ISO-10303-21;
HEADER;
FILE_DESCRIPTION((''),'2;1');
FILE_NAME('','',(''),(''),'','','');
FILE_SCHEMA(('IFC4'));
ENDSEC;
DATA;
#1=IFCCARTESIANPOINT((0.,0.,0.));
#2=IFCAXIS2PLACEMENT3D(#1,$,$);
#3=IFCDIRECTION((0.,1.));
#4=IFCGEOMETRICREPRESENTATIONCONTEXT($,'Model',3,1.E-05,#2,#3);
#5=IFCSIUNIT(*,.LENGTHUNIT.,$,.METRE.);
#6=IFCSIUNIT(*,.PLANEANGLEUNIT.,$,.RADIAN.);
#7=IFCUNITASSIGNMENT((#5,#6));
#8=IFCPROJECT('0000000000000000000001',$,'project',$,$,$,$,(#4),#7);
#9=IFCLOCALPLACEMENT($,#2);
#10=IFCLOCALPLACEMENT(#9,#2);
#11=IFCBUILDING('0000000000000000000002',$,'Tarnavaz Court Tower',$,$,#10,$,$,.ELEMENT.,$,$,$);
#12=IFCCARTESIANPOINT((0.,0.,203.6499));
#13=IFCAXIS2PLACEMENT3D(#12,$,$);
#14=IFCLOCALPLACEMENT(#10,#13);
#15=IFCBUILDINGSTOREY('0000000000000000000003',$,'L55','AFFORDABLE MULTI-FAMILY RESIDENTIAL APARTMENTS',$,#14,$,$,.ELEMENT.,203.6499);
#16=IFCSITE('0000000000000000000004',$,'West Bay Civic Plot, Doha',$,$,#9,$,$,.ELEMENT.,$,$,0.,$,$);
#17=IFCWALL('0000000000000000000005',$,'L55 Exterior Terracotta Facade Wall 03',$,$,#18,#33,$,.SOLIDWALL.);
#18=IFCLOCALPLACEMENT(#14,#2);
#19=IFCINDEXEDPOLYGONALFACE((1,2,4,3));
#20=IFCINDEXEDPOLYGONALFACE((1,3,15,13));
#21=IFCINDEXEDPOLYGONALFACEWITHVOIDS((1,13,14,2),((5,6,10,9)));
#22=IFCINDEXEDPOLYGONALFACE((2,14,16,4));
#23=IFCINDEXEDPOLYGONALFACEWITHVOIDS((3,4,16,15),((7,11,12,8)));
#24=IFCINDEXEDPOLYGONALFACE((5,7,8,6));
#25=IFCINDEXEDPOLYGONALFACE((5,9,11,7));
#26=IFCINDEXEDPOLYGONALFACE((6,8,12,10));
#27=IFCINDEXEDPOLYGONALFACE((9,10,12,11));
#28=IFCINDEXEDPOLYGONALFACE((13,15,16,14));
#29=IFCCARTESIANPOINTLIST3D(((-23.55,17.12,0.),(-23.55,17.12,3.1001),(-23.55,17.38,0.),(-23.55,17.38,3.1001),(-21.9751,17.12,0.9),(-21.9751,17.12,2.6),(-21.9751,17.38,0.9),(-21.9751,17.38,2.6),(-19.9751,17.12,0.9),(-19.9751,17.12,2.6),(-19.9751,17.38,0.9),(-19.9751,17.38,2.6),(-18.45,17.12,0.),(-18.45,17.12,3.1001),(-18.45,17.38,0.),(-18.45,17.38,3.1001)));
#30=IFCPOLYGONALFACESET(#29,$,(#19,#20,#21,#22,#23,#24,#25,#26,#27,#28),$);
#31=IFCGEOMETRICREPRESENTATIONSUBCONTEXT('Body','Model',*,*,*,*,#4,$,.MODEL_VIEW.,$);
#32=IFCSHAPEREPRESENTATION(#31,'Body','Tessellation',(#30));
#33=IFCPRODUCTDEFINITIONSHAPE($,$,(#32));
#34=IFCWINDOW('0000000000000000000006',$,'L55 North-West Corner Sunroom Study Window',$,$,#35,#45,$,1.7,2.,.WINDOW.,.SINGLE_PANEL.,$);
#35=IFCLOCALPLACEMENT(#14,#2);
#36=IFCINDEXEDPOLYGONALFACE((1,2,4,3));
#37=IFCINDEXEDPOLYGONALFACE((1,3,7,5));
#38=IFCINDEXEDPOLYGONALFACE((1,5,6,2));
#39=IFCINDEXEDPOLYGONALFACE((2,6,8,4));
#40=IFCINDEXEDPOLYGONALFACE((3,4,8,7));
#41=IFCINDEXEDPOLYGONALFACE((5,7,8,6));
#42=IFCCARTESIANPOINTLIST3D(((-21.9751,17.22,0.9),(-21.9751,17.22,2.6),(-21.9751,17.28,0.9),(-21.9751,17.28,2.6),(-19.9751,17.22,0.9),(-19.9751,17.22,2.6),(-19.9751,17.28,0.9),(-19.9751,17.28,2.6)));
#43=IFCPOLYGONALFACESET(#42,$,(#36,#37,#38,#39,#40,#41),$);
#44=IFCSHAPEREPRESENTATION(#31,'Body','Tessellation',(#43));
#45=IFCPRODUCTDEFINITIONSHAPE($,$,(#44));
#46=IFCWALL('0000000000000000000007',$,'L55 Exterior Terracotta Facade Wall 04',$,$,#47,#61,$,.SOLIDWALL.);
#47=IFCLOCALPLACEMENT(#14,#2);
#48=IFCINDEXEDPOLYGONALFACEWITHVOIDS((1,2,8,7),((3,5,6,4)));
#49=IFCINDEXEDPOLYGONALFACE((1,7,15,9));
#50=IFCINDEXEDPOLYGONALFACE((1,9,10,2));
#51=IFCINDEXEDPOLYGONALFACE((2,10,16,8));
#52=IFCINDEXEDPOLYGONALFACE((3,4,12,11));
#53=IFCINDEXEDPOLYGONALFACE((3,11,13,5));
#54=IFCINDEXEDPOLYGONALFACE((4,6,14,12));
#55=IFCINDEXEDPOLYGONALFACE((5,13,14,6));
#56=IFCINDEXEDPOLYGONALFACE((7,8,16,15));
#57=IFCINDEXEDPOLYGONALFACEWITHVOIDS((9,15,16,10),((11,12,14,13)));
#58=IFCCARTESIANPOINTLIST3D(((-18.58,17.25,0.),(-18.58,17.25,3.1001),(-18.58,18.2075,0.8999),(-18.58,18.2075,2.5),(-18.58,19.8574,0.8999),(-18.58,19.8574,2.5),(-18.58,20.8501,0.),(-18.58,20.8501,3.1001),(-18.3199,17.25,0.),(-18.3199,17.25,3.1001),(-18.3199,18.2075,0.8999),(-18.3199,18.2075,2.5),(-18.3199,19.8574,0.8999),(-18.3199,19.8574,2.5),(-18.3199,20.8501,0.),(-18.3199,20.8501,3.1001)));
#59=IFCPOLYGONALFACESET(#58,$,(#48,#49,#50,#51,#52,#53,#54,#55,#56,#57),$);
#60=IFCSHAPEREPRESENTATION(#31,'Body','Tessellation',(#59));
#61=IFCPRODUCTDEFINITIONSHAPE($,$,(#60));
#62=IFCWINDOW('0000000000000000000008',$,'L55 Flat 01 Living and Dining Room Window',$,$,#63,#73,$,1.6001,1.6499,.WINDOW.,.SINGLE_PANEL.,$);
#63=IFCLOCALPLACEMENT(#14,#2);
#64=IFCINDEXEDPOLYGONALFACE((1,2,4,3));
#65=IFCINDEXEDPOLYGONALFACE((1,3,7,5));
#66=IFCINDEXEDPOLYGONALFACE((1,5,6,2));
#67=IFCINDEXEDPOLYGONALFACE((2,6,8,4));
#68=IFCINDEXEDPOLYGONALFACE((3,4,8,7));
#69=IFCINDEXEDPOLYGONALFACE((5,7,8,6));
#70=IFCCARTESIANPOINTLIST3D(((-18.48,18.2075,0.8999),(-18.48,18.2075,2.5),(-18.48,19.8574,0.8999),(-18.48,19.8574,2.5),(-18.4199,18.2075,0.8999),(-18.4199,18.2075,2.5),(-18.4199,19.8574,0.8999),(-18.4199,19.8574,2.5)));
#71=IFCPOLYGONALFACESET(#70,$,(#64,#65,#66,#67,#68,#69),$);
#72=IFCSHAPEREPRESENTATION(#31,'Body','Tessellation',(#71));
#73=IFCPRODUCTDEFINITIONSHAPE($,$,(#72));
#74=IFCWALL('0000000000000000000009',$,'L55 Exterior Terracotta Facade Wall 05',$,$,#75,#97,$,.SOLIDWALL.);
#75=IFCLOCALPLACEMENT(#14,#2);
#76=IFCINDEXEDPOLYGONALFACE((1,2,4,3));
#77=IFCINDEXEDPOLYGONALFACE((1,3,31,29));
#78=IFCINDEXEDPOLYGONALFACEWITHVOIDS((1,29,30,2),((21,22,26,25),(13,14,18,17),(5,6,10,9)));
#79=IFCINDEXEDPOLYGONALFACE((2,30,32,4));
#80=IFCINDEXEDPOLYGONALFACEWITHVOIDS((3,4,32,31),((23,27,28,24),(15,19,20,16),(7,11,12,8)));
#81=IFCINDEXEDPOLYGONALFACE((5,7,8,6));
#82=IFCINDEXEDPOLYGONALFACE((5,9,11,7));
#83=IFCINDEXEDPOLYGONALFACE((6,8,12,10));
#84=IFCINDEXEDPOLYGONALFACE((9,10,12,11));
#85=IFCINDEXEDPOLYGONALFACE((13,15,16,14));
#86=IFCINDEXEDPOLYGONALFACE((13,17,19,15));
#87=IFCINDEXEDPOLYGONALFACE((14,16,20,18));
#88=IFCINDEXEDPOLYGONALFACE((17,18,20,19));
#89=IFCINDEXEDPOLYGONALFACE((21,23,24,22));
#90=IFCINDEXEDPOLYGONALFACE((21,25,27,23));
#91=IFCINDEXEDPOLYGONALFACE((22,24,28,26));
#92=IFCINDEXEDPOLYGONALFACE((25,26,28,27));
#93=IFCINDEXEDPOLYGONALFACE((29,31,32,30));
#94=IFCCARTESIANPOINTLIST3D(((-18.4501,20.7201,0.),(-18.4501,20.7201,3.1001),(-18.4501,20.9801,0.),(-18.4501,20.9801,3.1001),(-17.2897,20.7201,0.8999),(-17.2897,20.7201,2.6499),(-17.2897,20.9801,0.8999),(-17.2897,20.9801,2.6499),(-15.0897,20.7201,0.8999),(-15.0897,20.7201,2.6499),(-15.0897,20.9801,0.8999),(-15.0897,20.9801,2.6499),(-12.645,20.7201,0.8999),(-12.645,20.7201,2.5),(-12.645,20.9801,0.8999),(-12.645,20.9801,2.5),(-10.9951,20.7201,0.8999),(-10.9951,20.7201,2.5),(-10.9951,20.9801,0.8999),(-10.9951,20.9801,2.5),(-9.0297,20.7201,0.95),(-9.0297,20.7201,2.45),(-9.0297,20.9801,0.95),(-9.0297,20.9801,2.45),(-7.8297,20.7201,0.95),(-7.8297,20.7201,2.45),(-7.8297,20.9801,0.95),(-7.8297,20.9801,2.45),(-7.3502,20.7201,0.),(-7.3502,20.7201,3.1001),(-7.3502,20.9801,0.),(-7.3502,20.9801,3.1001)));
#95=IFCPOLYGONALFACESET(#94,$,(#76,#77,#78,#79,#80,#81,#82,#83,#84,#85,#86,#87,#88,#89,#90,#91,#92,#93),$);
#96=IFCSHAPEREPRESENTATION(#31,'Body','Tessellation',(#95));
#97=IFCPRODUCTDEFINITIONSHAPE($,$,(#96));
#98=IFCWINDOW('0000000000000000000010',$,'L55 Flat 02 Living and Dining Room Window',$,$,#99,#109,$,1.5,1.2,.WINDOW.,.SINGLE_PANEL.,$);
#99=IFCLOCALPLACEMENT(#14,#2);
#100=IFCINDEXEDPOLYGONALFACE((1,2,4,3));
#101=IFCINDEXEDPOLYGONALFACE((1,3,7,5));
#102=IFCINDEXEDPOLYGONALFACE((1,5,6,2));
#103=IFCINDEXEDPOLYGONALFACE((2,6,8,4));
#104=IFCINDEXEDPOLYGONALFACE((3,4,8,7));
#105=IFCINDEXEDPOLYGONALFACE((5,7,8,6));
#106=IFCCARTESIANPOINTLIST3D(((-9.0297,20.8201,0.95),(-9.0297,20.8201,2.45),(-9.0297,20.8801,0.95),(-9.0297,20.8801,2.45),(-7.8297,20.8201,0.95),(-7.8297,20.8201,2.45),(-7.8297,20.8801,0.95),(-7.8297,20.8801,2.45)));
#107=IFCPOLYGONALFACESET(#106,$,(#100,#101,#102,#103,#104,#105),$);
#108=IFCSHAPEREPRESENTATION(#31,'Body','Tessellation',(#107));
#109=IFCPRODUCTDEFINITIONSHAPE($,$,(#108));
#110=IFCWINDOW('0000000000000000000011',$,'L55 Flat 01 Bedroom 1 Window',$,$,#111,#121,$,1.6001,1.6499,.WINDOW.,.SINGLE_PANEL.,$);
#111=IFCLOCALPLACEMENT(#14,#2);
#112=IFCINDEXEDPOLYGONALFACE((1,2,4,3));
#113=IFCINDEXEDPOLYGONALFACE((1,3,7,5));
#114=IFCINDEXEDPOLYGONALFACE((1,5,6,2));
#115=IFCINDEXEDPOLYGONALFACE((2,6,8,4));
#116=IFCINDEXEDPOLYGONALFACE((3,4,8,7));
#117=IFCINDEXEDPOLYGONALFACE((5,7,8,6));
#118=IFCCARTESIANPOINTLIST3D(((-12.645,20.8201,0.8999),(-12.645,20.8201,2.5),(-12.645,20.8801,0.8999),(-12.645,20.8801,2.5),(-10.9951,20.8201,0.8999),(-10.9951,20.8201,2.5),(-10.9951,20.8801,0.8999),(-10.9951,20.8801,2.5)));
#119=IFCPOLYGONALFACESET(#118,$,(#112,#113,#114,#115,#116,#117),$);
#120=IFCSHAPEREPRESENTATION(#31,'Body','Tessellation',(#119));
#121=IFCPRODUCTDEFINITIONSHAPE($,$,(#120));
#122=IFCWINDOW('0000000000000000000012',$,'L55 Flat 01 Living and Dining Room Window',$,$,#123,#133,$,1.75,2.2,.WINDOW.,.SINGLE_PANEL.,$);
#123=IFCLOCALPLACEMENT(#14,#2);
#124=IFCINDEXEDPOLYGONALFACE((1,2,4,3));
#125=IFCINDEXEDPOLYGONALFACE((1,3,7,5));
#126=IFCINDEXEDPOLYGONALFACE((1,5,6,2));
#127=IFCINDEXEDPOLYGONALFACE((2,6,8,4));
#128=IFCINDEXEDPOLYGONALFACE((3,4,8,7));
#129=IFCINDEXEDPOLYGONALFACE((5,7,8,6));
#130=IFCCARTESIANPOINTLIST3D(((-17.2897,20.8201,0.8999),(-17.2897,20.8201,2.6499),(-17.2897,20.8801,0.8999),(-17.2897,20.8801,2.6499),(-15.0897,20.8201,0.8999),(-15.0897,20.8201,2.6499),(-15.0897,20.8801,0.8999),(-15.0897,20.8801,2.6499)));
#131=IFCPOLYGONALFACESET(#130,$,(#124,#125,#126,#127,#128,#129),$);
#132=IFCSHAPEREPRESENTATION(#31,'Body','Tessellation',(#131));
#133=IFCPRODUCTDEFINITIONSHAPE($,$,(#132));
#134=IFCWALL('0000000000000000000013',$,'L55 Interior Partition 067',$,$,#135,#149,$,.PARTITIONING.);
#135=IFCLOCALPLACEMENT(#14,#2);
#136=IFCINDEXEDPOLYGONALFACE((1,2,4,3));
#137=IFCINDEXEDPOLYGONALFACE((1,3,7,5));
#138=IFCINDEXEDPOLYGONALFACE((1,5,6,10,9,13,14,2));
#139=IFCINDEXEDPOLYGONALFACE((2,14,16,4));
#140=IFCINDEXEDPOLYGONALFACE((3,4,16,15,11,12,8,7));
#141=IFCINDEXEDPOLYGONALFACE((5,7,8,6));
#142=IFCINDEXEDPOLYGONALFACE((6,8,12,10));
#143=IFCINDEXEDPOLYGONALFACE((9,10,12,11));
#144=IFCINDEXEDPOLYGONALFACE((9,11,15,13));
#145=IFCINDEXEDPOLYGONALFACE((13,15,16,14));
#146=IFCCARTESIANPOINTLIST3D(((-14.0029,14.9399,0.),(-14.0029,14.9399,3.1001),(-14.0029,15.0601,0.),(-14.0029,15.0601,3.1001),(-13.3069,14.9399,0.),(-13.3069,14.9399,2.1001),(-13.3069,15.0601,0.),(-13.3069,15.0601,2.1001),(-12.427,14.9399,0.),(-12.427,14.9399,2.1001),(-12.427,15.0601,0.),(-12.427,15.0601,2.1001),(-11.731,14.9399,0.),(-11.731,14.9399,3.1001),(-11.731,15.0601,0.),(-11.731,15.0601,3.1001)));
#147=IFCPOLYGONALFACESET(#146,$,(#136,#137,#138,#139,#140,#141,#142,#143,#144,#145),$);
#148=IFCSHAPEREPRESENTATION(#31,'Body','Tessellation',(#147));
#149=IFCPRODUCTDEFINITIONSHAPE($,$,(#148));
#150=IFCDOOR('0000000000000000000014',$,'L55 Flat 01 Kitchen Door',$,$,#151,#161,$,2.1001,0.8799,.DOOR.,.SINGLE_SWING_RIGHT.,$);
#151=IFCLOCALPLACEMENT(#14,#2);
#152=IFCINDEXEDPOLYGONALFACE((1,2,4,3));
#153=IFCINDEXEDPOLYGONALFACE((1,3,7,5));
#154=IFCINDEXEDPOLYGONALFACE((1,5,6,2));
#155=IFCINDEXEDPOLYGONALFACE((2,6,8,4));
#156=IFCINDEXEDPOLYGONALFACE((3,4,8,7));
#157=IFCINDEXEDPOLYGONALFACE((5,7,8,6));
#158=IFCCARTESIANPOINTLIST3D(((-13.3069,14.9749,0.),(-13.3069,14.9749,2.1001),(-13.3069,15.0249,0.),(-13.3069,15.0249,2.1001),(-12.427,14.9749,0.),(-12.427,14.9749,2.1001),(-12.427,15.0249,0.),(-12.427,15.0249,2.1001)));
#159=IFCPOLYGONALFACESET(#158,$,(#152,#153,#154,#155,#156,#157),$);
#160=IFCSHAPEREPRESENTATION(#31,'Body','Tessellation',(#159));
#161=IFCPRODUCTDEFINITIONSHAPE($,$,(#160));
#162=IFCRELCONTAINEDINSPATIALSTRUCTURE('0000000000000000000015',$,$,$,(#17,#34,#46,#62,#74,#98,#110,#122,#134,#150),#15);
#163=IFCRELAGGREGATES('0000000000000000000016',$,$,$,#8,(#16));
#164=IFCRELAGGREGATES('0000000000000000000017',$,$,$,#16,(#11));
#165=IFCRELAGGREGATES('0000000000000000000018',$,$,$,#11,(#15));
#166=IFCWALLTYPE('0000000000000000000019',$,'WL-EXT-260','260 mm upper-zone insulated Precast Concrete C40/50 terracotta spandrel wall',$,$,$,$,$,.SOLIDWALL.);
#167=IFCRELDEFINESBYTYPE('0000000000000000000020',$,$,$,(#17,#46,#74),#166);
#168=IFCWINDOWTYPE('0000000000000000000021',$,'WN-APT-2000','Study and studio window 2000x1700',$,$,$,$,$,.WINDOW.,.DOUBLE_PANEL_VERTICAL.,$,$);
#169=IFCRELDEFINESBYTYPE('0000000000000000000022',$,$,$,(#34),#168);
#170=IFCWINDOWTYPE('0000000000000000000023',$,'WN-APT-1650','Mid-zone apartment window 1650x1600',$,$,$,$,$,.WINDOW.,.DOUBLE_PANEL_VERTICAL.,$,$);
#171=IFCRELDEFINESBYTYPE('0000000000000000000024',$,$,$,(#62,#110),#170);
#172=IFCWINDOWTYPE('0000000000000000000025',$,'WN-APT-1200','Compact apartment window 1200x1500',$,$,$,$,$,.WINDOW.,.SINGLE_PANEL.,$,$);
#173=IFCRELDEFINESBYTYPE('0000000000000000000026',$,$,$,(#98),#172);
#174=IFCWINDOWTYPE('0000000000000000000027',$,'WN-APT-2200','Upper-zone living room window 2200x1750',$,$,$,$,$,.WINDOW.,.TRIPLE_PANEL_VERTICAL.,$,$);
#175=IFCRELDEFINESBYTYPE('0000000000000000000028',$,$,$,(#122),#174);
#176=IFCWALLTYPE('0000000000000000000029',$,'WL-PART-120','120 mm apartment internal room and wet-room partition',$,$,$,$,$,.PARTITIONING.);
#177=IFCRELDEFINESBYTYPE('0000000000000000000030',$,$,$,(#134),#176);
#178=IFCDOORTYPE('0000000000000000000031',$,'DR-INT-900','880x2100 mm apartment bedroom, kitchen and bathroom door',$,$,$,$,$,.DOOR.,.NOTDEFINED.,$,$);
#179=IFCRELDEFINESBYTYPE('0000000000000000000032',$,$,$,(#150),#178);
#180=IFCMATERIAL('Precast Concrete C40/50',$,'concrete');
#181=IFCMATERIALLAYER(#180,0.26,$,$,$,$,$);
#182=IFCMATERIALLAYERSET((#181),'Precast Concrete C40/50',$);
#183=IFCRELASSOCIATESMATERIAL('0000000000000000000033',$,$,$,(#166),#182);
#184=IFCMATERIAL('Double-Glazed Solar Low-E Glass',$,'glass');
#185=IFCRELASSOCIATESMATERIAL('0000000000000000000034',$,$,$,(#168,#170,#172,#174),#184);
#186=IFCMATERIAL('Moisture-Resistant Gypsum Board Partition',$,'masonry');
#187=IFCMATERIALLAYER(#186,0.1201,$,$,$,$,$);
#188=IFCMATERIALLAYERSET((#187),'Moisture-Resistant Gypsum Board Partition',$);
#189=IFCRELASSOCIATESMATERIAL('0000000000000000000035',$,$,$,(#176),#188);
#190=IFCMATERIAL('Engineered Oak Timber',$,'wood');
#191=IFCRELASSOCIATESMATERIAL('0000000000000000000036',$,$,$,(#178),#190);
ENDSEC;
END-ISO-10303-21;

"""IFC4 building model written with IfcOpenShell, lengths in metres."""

from ifc_helpers import new_model, si_unit, direction, frame, frame_2d, origin, place, context, subcontext, project, spatial, rectangle, extrude, material, layer, layer_set, type_object, element, fill, save


model = new_model("IFC4")

# Units and contexts
model_context = context("Model", 3, precision=1e-05, world=origin(), true_north=direction((0.0, 1.0)))
body_context = subcontext(model_context, "Body", "Model", "MODEL_VIEW")
ifc_project = project(units=[si_unit("LENGTHUNIT", "METRE"), si_unit("PLANEANGLEUNIT", "RADIAN")], contexts=[model_context])

# Site, building, storey
site_placement = place(None, origin())
site = spatial("IfcSite", under=ifc_project, at=site_placement, Name="West Bay Civic Plot, Doha", CompositionType="ELEMENT", RefElevation=0.0)
building_placement = place(site_placement, origin())
building = spatial("IfcBuilding", under=site, at=building_placement, Name="Tarnavaz Court Tower", CompositionType="ELEMENT")
storey_placement = place(building_placement, frame((0.0, 0.0, 203.6499)))
storey = spatial("IfcBuildingStorey", under=building, at=storey_placement, Name="L55", Description="AFFORDABLE MULTI-FAMILY RESIDENTIAL APARTMENTS", CompositionType="ELEMENT", Elevation=203.6499)

# Walls, openings, windows
ifc_material_1 = material(Name="Precast Concrete C40/50", Category="concrete")
ifc_layer_1 = layer(ifc_material_1, 0.26)
ifc_layer_set_1 = layer_set([ifc_layer_1], Name="Precast Concrete C40/50")
wall_type_1 = type_object("IfcWallType", Name="WL-EXT-260", Description="260 mm upper-zone insulated Precast Concrete C40/50 terracotta spandrel wall", PredefinedType="SOLIDWALL", material=ifc_layer_set_1)
wall_1_placement = place(storey_placement, frame((-23.55, 17.25, 0.0), z_axis=(0.0, 0.0, 1.0), x_axis=(1.0, 0.0, 0.0)))
wall_1 = element("IfcWall", 1, at=wall_1_placement, inside=storey, type_object=wall_type_1, Name="L55 Exterior Terracotta Facade Wall 03", PredefinedType="SOLIDWALL", context=body_context, shape_type="SweptSolid", body=[
    extrude(rectangle(XDim=5.1001, YDim=0.26, at=frame_2d((2.55, 0.0))), origin(), (0.0, 0.0, 1.0), 3.1001),
])
opening_1_placement = place(wall_1_placement, frame((1.575, 0.0, 0.8999)))
opening_1 = element("IfcOpeningElement", 2, at=opening_1_placement, cuts=wall_1, PredefinedType="OPENING", context=body_context, shape_type="SweptSolid", body=[
    extrude(rectangle(XDim=2.0, YDim=1.7, at=frame_2d((1.0, 0.8501))), frame((0.0, 0.1399, 0.0), z_axis=(0.0, -1.0, 0.0), x_axis=(1.0, 0.0, 0.0)), (0.0, 0.0, 1.0), 0.28),
])
ifc_material_2 = material(Name="Double-Glazed Solar Low-E Glass", Category="glass")
window_type_1 = type_object("IfcWindowType", Name="WN-APT-2000", Description="Study and studio window 2000x1700", PartitioningType="DOUBLE_PANEL_VERTICAL", PredefinedType="WINDOW", material=ifc_material_2)
window_1_placement = place(opening_1_placement, origin())
window_1 = element("IfcWindow", 3, at=window_1_placement, inside=storey, type_object=window_type_1, Name="L55 North-West Corner Sunroom Study Window", OverallHeight=1.7, OverallWidth=2.0, PartitioningType="SINGLE_PANEL", PredefinedType="WINDOW", context=body_context, shape_type="SweptSolid", body=[
    extrude(rectangle(XDim=2.0, YDim=1.7, at=frame_2d((1.0, 0.8501))), frame((0.0, 0.03, 0.0), z_axis=(0.0, -1.0, 0.0), x_axis=(1.0, 0.0, 0.0)), (0.0, 0.0, 1.0), 0.0601),
])
fill(opening_1, window_1)
wall_2_placement = place(storey_placement, frame((-18.45, 17.25, 0.0), z_axis=(0.0, 0.0, 1.0), x_axis=(0.0, 1.0, 0.0)))
wall_2 = element("IfcWall", 4, at=wall_2_placement, inside=storey, type_object=wall_type_1, Name="L55 Exterior Terracotta Facade Wall 04", PredefinedType="SOLIDWALL", context=body_context, shape_type="SweptSolid", body=[
    extrude(rectangle(XDim=3.6001, YDim=0.26, at=frame_2d((1.8, 0.0))), origin(), (0.0, 0.0, 1.0), 3.1001),
])
opening_2_placement = place(wall_2_placement, frame((0.9575, 0.0, 0.8999)))
opening_2 = element("IfcOpeningElement", 5, at=opening_2_placement, cuts=wall_2, PredefinedType="OPENING", context=body_context, shape_type="SweptSolid", body=[
    extrude(rectangle(XDim=1.6499, YDim=1.6001, at=frame_2d((0.825, 0.8))), frame((0.0, 0.1399, 0.0), z_axis=(0.0, -1.0, 0.0), x_axis=(1.0, 0.0, 0.0)), (0.0, 0.0, 1.0), 0.28),
])
window_type_2 = type_object("IfcWindowType", Name="WN-APT-1650", Description="Mid-zone apartment window 1650x1600", PartitioningType="DOUBLE_PANEL_VERTICAL", PredefinedType="WINDOW", material=ifc_material_2)
window_2_placement = place(opening_2_placement, origin())
window_2 = element("IfcWindow", 6, at=window_2_placement, inside=storey, type_object=window_type_2, Name="L55 Flat 01 Living and Dining Room Window", OverallHeight=1.6001, OverallWidth=1.6499, PartitioningType="SINGLE_PANEL", PredefinedType="WINDOW", context=body_context, shape_type="SweptSolid", body=[
    extrude(rectangle(XDim=1.6499, YDim=1.6001, at=frame_2d((0.825, 0.8))), frame((0.0, 0.03, 0.0), z_axis=(0.0, -1.0, 0.0), x_axis=(1.0, 0.0, 0.0)), (0.0, 0.0, 1.0), 0.0601),
])
fill(opening_2, window_2)

# Wall, openings, windows
wall_3_placement = place(storey_placement, frame((-18.45, 20.8501, 0.0), z_axis=(0.0, 0.0, 1.0), x_axis=(1.0, 0.0, 0.0)))
wall_3 = element("IfcWall", 7, at=wall_3_placement, inside=storey, type_object=wall_type_1, Name="L55 Exterior Terracotta Facade Wall 05", PredefinedType="SOLIDWALL", context=body_context, shape_type="SweptSolid", body=[
    extrude(rectangle(XDim=11.0999, YDim=0.26, at=frame_2d((5.5498, 0.0))), origin(), (0.0, 0.0, 1.0), 3.1001),
])
opening_3_placement = place(wall_3_placement, frame((1.1602, 0.0, 0.8999)))
opening_3 = element("IfcOpeningElement", 8, at=opening_3_placement, cuts=wall_3, PredefinedType="OPENING", context=body_context, shape_type="SweptSolid", body=[
    extrude(rectangle(XDim=2.2, YDim=1.75, at=frame_2d((1.1001, 0.875))), frame((0.0, 0.1399, 0.0), z_axis=(0.0, -1.0, 0.0), x_axis=(1.0, 0.0, 0.0)), (0.0, 0.0, 1.0), 0.28),
])
opening_4_placement = place(wall_3_placement, frame((5.8049, 0.0, 0.8999)))
opening_4 = element("IfcOpeningElement", 9, at=opening_4_placement, cuts=wall_3, PredefinedType="OPENING", context=body_context, shape_type="SweptSolid", body=[
    extrude(rectangle(XDim=1.6499, YDim=1.6001, at=frame_2d((0.825, 0.8))), frame((0.0, 0.1399, 0.0), z_axis=(0.0, -1.0, 0.0), x_axis=(1.0, 0.0, 0.0)), (0.0, 0.0, 1.0), 0.28),
])
opening_5_placement = place(wall_3_placement, frame((9.4202, 0.0, 0.95)))
opening_5 = element("IfcOpeningElement", 10, at=opening_5_placement, cuts=wall_3, PredefinedType="OPENING", context=body_context, shape_type="SweptSolid", body=[
    extrude(rectangle(XDim=1.2, YDim=1.5, at=frame_2d((0.6001, 0.75))), frame((0.0, 0.1399, 0.0), z_axis=(0.0, -1.0, 0.0), x_axis=(1.0, 0.0, 0.0)), (0.0, 0.0, 1.0), 0.28),
])
window_type_3 = type_object("IfcWindowType", Name="WN-APT-1200", Description="Compact apartment window 1200x1500", PartitioningType="SINGLE_PANEL", PredefinedType="WINDOW", material=ifc_material_2)
window_3_placement = place(opening_5_placement, origin())
window_3 = element("IfcWindow", 11, at=window_3_placement, inside=storey, type_object=window_type_3, Name="L55 Flat 02 Living and Dining Room Window", OverallHeight=1.5, OverallWidth=1.2, PartitioningType="SINGLE_PANEL", PredefinedType="WINDOW", context=body_context, shape_type="SweptSolid", body=[
    extrude(rectangle(XDim=1.2, YDim=1.5, at=frame_2d((0.6001, 0.75))), frame((0.0, 0.03, 0.0), z_axis=(0.0, -1.0, 0.0), x_axis=(1.0, 0.0, 0.0)), (0.0, 0.0, 1.0), 0.0601),
])
fill(opening_5, window_3)
window_4_placement = place(opening_4_placement, origin())
window_4 = element("IfcWindow", 12, at=window_4_placement, inside=storey, type_object=window_type_2, Name="L55 Flat 01 Bedroom 1 Window", OverallHeight=1.6001, OverallWidth=1.6499, PartitioningType="SINGLE_PANEL", PredefinedType="WINDOW", context=body_context, shape_type="SweptSolid", body=[
    extrude(rectangle(XDim=1.6499, YDim=1.6001, at=frame_2d((0.825, 0.8))), frame((0.0, 0.03, 0.0), z_axis=(0.0, -1.0, 0.0), x_axis=(1.0, 0.0, 0.0)), (0.0, 0.0, 1.0), 0.0601),
])
fill(opening_4, window_4)
window_type_4 = type_object("IfcWindowType", Name="WN-APT-2200", Description="Upper-zone living room window 2200x1750", PartitioningType="TRIPLE_PANEL_VERTICAL", PredefinedType="WINDOW", material=ifc_material_2)
window_5_placement = place(opening_3_placement, origin())
window_5 = element("IfcWindow", 13, at=window_5_placement, inside=storey, type_object=window_type_4, Name="L55 Flat 01 Living and Dining Room Window", OverallHeight=1.75, OverallWidth=2.2, PartitioningType="SINGLE_PANEL", PredefinedType="WINDOW", context=body_context, shape_type="SweptSolid", body=[
    extrude(rectangle(XDim=2.2, YDim=1.75, at=frame_2d((1.1001, 0.875))), frame((0.0, 0.03, 0.0), z_axis=(0.0, -1.0, 0.0), x_axis=(1.0, 0.0, 0.0)), (0.0, 0.0, 1.0), 0.0601),
])
fill(opening_3, window_5)

# Wall, opening, door
ifc_material_3 = material(Name="Moisture-Resistant Gypsum Board Partition", Category="masonry")
ifc_layer_2 = layer(ifc_material_3, 0.1201)
ifc_layer_set_2 = layer_set([ifc_layer_2], Name="Moisture-Resistant Gypsum Board Partition")
wall_type_2 = type_object("IfcWallType", Name="WL-PART-120", Description="120 mm apartment internal room and wet-room partition", PredefinedType="PARTITIONING", material=ifc_layer_set_2)
wall_4_placement = place(storey_placement, frame((-14.0029, 15.0, 0.0), z_axis=(0.0, 0.0, 1.0), x_axis=(1.0, 0.0, 0.0)))
wall_4 = element("IfcWall", 14, at=wall_4_placement, inside=storey, type_object=wall_type_2, Name="L55 Interior Partition 067", PredefinedType="PARTITIONING", context=body_context, shape_type="SweptSolid", body=[
    extrude(rectangle(XDim=2.272, YDim=0.1201, at=frame_2d((1.136, 0.0))), origin(), (0.0, 0.0, 1.0), 3.1001),
])
opening_6_placement = place(wall_4_placement, frame((0.696, 0.0, 0.0)))
opening_6 = element("IfcOpeningElement", 15, at=opening_6_placement, cuts=wall_4, PredefinedType="OPENING", context=body_context, shape_type="SweptSolid", body=[
    extrude(rectangle(XDim=0.8799, YDim=2.1001, at=frame_2d((0.4399, 1.05))), frame((0.0, 0.0701, 0.0), z_axis=(0.0, -1.0, 0.0), x_axis=(1.0, 0.0, 0.0)), (0.0, 0.0, 1.0), 0.1401),
])
ifc_material_4 = material(Name="Engineered Oak Timber", Category="wood")
door_type = type_object("IfcDoorType", Name="DR-INT-900", Description="880x2100 mm apartment bedroom, kitchen and bathroom door", OperationType="NOTDEFINED", PredefinedType="DOOR", material=ifc_material_4)
door_1_placement = place(opening_6_placement, origin())
door_1 = element("IfcDoor", 16, at=door_1_placement, inside=storey, type_object=door_type, Name="L55 Flat 01 Kitchen Door", OperationType="SINGLE_SWING_RIGHT", OverallHeight=2.1001, OverallWidth=0.8799, PredefinedType="DOOR", context=body_context, shape_type="SweptSolid", body=[
    extrude(rectangle(XDim=0.8799, YDim=2.1001, at=frame_2d((0.4399, 1.05))), frame((0.0, 0.0249, 0.0), z_axis=(0.0, -1.0, 0.0), x_axis=(1.0, 0.0, 0.0)), (0.0, 0.0, 1.0), 0.05),
])
fill(opening_6, door_1)

save(model, "model.ifc")
